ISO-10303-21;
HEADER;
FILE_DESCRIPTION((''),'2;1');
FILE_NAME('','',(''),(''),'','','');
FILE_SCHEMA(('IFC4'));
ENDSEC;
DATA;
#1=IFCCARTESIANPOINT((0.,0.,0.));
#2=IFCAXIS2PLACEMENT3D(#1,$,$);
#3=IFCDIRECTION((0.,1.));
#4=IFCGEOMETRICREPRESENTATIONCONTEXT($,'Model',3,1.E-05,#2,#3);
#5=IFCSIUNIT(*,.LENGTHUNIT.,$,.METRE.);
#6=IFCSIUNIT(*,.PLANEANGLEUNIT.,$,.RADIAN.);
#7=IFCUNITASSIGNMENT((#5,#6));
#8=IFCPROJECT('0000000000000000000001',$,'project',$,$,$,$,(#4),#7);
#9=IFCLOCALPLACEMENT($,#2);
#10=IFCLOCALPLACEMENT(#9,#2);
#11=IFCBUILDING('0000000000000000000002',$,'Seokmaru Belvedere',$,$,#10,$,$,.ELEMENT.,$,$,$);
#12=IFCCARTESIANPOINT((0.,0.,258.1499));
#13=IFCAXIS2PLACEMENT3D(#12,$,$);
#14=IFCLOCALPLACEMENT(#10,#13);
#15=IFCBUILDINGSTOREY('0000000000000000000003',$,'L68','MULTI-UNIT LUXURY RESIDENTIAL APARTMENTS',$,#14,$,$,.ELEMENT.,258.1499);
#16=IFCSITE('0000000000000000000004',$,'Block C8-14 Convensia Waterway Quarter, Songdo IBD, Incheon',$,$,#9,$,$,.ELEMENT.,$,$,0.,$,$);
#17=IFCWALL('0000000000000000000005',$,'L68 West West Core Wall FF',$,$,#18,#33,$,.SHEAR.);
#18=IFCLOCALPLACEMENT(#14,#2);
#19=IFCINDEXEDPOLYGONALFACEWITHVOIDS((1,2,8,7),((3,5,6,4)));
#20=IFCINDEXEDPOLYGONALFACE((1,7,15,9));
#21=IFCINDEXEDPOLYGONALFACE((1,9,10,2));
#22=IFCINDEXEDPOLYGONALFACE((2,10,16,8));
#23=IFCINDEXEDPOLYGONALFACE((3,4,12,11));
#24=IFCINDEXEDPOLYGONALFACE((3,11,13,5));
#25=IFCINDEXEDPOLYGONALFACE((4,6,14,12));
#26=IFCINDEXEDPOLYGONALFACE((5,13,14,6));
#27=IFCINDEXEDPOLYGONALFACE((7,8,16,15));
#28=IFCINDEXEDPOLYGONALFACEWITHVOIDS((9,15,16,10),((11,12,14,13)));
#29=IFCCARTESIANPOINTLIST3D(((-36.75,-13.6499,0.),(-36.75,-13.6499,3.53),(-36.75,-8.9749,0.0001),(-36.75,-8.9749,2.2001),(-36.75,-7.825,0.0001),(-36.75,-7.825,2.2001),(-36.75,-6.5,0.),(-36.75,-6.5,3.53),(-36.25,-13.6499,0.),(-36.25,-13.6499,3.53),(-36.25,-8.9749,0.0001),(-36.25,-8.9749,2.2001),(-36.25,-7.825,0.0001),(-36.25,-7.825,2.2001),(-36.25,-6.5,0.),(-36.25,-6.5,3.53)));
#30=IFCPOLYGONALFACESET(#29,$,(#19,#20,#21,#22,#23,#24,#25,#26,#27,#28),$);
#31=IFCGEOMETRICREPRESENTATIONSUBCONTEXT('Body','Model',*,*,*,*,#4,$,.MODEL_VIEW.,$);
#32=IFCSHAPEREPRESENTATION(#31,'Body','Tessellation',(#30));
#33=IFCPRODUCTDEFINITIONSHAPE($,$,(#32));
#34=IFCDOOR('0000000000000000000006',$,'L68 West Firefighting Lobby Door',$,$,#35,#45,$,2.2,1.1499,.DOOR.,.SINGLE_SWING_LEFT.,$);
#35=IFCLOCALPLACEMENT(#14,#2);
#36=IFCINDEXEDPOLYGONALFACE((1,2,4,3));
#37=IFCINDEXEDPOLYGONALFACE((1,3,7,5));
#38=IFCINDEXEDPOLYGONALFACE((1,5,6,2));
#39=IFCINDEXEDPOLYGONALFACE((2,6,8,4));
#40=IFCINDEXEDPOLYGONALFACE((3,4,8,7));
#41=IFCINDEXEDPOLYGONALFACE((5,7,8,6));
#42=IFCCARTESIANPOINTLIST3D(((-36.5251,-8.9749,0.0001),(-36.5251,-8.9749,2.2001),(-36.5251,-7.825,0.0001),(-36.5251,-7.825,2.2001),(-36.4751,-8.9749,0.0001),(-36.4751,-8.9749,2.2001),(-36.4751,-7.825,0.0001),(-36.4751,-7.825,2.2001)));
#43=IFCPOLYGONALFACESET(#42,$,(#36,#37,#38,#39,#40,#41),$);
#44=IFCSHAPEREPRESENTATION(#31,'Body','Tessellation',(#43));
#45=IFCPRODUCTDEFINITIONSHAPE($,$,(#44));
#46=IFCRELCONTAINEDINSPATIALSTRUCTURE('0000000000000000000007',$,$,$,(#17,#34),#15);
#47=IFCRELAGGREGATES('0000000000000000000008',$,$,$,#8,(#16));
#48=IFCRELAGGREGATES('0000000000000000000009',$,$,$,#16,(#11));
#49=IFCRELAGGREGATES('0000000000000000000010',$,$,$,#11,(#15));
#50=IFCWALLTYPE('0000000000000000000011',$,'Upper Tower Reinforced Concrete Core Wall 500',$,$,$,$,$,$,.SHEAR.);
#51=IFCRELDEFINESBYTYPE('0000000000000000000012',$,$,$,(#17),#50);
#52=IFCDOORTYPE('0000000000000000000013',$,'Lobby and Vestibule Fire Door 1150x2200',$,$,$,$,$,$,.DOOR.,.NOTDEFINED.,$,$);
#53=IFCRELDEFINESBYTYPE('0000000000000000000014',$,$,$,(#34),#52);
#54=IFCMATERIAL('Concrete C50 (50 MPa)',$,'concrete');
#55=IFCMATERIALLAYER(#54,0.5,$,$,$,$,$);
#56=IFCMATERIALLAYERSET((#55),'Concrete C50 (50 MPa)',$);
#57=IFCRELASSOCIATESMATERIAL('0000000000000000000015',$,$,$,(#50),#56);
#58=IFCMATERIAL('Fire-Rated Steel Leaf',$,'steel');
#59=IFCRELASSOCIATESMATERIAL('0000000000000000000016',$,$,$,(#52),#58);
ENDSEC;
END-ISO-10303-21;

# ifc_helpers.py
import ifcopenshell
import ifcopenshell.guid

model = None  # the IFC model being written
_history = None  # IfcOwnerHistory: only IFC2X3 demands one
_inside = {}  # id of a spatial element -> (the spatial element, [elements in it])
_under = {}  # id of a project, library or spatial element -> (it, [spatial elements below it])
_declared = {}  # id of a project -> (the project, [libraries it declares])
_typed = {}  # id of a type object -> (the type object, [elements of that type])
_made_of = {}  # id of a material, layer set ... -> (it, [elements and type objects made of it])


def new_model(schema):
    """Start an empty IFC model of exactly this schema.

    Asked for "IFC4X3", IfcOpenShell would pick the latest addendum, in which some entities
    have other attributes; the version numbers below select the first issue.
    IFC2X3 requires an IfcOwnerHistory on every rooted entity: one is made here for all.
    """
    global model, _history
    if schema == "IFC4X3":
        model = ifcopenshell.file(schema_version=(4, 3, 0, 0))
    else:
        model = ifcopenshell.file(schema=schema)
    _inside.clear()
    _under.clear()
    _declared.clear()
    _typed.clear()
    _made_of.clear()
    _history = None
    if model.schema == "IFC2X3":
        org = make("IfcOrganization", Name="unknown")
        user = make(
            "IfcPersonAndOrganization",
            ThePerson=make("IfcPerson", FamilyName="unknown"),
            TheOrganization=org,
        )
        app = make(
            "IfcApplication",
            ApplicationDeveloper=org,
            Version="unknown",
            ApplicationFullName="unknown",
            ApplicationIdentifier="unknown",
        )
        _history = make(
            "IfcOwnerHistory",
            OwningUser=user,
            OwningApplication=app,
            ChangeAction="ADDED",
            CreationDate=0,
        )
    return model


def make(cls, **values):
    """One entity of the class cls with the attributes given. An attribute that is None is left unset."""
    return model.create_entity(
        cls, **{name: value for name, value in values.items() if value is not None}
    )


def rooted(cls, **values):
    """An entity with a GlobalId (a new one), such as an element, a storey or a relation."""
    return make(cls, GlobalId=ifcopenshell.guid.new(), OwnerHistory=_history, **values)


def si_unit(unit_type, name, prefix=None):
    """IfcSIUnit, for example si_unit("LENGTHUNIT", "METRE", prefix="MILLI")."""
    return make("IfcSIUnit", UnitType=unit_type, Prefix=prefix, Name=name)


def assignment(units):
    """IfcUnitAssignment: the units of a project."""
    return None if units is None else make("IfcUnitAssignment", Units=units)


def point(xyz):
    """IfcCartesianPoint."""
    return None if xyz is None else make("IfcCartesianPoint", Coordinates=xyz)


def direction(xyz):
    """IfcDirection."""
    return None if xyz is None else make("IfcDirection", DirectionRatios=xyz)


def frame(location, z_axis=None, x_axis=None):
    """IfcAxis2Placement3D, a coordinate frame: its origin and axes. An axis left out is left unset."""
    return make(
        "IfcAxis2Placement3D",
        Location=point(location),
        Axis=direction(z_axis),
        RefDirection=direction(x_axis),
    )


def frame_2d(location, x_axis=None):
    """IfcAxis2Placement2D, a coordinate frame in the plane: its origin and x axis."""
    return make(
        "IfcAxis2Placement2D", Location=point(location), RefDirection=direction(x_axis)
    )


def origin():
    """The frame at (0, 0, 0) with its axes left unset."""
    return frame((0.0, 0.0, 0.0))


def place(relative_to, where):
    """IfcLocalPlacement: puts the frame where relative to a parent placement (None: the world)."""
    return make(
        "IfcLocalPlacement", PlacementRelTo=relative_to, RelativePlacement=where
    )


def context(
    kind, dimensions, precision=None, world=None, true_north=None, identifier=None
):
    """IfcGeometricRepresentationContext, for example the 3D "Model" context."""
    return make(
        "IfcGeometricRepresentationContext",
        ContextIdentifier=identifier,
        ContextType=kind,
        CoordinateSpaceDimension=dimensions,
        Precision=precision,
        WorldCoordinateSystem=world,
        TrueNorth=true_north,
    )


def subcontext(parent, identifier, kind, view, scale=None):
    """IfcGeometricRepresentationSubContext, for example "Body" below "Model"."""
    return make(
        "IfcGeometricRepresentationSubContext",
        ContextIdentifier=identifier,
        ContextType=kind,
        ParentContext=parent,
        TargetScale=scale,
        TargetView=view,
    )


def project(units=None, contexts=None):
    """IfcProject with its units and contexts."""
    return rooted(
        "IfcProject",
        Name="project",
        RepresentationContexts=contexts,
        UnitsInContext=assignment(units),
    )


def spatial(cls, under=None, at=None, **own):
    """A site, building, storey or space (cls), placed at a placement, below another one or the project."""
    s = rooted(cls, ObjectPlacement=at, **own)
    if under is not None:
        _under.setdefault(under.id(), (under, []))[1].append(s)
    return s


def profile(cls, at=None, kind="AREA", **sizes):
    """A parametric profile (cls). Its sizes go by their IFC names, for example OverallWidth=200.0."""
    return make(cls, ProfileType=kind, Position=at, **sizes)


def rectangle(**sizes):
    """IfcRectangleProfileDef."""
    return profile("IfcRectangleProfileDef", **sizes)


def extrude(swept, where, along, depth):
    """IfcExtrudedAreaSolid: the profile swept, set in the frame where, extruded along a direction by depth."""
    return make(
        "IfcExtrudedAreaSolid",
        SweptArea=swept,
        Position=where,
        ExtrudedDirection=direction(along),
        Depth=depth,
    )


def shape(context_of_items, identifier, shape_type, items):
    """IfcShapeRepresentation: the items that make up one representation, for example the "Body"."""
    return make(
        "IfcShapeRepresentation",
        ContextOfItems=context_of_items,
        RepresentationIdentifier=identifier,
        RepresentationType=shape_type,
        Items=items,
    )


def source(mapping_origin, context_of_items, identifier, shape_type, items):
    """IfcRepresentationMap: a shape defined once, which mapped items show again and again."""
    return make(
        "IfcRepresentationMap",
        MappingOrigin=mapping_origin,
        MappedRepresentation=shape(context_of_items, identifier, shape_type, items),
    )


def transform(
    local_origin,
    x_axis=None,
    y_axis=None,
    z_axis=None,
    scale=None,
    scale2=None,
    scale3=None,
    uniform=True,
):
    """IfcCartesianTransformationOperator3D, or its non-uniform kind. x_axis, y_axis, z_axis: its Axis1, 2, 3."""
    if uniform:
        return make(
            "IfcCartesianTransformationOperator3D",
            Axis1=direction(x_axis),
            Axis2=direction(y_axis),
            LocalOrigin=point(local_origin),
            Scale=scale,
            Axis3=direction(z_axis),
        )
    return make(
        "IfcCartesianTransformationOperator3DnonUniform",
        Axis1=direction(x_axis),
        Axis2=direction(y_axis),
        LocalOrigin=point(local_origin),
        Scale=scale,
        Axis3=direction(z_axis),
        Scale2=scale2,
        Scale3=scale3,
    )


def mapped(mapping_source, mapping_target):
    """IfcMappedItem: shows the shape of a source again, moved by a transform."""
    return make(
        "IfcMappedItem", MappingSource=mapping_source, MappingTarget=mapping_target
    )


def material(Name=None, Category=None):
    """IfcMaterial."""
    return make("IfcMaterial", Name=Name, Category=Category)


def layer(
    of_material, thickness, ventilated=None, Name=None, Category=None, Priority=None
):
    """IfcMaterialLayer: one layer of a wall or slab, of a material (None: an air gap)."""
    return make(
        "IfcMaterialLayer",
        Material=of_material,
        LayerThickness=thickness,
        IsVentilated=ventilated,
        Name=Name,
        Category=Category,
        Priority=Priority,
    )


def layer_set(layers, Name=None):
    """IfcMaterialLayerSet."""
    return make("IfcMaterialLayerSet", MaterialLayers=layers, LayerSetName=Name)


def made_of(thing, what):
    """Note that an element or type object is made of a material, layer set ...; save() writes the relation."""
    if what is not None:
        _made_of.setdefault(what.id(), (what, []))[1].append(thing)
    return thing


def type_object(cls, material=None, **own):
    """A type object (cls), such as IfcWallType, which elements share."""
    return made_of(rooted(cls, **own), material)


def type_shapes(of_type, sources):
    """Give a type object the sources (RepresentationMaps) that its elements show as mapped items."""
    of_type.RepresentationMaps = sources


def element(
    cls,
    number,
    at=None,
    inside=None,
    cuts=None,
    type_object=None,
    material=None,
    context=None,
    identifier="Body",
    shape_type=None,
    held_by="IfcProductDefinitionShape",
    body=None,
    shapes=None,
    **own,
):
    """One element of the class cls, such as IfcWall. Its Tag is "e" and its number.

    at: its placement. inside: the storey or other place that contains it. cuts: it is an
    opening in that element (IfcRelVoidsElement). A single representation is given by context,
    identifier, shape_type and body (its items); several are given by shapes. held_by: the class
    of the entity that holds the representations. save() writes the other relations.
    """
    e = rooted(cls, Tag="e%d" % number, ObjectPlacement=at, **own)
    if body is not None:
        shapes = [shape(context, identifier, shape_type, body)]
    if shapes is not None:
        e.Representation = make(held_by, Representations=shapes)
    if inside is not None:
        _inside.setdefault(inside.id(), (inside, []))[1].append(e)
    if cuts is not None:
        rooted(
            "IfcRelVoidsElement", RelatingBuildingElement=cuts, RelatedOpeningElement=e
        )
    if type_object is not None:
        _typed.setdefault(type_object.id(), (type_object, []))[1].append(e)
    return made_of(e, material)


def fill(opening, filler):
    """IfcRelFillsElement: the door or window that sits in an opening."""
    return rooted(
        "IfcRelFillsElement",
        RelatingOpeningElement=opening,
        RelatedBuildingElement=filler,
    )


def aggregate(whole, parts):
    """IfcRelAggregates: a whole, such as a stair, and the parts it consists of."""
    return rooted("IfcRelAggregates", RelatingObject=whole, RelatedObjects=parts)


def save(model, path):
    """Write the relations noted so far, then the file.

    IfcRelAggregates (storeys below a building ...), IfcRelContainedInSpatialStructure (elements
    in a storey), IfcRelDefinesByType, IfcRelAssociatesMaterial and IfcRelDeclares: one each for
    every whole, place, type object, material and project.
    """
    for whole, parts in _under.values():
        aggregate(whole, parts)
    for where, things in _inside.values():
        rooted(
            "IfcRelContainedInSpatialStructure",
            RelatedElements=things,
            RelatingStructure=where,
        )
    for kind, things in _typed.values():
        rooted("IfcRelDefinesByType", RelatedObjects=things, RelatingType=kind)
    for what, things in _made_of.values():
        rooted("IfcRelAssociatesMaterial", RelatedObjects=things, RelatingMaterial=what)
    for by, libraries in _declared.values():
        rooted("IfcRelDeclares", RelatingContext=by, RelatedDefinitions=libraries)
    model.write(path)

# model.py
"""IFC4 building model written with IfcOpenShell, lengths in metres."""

from ifc_helpers import new_model, si_unit, direction, frame, frame_2d, origin, place, context, subcontext, project, spatial, rectangle, extrude, source, transform, mapped, material, layer, layer_set, type_object, type_shapes, element, fill, save


model = new_model("IFC4")

# Units and contexts
model_context = context("Model", 3, precision=1e-05, world=origin(), true_north=direction((0.0, 1.0)))
body_context = subcontext(model_context, "Body", "Model", "MODEL_VIEW")
ifc_project = project(units=[si_unit("LENGTHUNIT", "METRE"), si_unit("PLANEANGLEUNIT", "RADIAN")], contexts=[model_context])

# Site, building, storey
site_placement = place(None, origin())
site = spatial("IfcSite", under=ifc_project, at=site_placement, Name="Block C8-14 Convensia Waterway Quarter, Songdo IBD, Incheon", CompositionType="ELEMENT", RefElevation=0.0)
building_placement = place(site_placement, origin())
building = spatial("IfcBuilding", under=site, at=building_placement, Name="Seokmaru Belvedere", CompositionType="ELEMENT")
storey_placement = place(building_placement, frame((0.0, 0.0, 258.1499)))
storey = spatial("IfcBuildingStorey", under=building, at=storey_placement, Name="L68", Description="MULTI-UNIT LUXURY RESIDENTIAL APARTMENTS", CompositionType="ELEMENT", Elevation=258.1499)

# Shared definitions
ifc_material_1 = material(Name="Fire-Rated Steel Leaf", Category="steel")

# Wall, opening, door
ifc_material_2 = material(Name="Concrete C50 (50 MPa)", Category="concrete")
ifc_layer_1 = layer(ifc_material_2, 0.5)
ifc_layer_set_1 = layer_set([ifc_layer_1], Name="Concrete C50 (50 MPa)")
wall_type_1 = type_object("IfcWallType", Name="Upper Tower Reinforced Concrete Core Wall 500", PredefinedType="SHEAR", material=ifc_layer_set_1)
wall_1_placement = place(storey_placement, frame((-36.5, -13.6499, 0.0), z_axis=(0.0, 0.0, 1.0), x_axis=(0.0, 1.0, 0.0)))
wall_1 = element("IfcWall", 1, at=wall_1_placement, inside=storey, type_object=wall_type_1, Name="L68 West West Core Wall FF", PredefinedType="SHEAR", context=body_context, shape_type="SweptSolid", body=[
    extrude(rectangle(XDim=7.1499, YDim=0.5, at=frame_2d((3.575, 0.0))), origin(), (0.0, 0.0, 1.0), 3.53),
])
opening_1_placement = place(wall_1_placement, frame((4.675, 0.0, 0.0)))
opening_1 = element("IfcOpeningElement", 2, at=opening_1_placement, cuts=wall_1, PredefinedType="OPENING", context=body_context, shape_type="SweptSolid", body=[
    extrude(rectangle(XDim=1.1499, YDim=2.2, at=frame_2d((0.575, 1.1001))), frame((0.0, 0.26, 0.0), z_axis=(0.0, -1.0, 0.0), x_axis=(1.0, 0.0, 0.0)), (0.0, 0.0, 1.0), 0.52),
])
door_type_1 = type_object("IfcDoorType", Name="Lobby and Vestibule Fire Door 1150x2200", OperationType="NOTDEFINED", PredefinedType="DOOR", material=ifc_material_1)
shared_shape_1 = source(origin(), body_context, "Body", "SweptSolid", [
    extrude(rectangle(XDim=1.1499, YDim=2.2, at=frame_2d((0.575, 1.1001))), frame((0.0, 0.0249, 0.0), z_axis=(0.0, -1.0, 0.0), x_axis=(1.0, 0.0, 0.0)), (0.0, 0.0, 1.0), 0.05),
])
type_shapes(door_type_1, [shared_shape_1])
door_1_placement = place(opening_1_placement, frame((1.1499, 0.0, 0.0), z_axis=(0.0, 0.0, 1.0), x_axis=(-1.0, 0.0, 0.0)))
door_1 = element("IfcDoor", 3, at=door_1_placement, inside=storey, type_object=door_type_1, Name="L68 West Firefighting Lobby Door", OperationType="SINGLE_SWING_LEFT", OverallHeight=2.2, OverallWidth=1.1499, PredefinedType="DOOR", context=body_context, shape_type="MappedRepresentation", body=[
    mapped(shared_shape_1, transform((0.0, 0.0, 0.0), scale=1.0)),
])
fill(opening_1, door_1)

save(model, "model.ifc")
